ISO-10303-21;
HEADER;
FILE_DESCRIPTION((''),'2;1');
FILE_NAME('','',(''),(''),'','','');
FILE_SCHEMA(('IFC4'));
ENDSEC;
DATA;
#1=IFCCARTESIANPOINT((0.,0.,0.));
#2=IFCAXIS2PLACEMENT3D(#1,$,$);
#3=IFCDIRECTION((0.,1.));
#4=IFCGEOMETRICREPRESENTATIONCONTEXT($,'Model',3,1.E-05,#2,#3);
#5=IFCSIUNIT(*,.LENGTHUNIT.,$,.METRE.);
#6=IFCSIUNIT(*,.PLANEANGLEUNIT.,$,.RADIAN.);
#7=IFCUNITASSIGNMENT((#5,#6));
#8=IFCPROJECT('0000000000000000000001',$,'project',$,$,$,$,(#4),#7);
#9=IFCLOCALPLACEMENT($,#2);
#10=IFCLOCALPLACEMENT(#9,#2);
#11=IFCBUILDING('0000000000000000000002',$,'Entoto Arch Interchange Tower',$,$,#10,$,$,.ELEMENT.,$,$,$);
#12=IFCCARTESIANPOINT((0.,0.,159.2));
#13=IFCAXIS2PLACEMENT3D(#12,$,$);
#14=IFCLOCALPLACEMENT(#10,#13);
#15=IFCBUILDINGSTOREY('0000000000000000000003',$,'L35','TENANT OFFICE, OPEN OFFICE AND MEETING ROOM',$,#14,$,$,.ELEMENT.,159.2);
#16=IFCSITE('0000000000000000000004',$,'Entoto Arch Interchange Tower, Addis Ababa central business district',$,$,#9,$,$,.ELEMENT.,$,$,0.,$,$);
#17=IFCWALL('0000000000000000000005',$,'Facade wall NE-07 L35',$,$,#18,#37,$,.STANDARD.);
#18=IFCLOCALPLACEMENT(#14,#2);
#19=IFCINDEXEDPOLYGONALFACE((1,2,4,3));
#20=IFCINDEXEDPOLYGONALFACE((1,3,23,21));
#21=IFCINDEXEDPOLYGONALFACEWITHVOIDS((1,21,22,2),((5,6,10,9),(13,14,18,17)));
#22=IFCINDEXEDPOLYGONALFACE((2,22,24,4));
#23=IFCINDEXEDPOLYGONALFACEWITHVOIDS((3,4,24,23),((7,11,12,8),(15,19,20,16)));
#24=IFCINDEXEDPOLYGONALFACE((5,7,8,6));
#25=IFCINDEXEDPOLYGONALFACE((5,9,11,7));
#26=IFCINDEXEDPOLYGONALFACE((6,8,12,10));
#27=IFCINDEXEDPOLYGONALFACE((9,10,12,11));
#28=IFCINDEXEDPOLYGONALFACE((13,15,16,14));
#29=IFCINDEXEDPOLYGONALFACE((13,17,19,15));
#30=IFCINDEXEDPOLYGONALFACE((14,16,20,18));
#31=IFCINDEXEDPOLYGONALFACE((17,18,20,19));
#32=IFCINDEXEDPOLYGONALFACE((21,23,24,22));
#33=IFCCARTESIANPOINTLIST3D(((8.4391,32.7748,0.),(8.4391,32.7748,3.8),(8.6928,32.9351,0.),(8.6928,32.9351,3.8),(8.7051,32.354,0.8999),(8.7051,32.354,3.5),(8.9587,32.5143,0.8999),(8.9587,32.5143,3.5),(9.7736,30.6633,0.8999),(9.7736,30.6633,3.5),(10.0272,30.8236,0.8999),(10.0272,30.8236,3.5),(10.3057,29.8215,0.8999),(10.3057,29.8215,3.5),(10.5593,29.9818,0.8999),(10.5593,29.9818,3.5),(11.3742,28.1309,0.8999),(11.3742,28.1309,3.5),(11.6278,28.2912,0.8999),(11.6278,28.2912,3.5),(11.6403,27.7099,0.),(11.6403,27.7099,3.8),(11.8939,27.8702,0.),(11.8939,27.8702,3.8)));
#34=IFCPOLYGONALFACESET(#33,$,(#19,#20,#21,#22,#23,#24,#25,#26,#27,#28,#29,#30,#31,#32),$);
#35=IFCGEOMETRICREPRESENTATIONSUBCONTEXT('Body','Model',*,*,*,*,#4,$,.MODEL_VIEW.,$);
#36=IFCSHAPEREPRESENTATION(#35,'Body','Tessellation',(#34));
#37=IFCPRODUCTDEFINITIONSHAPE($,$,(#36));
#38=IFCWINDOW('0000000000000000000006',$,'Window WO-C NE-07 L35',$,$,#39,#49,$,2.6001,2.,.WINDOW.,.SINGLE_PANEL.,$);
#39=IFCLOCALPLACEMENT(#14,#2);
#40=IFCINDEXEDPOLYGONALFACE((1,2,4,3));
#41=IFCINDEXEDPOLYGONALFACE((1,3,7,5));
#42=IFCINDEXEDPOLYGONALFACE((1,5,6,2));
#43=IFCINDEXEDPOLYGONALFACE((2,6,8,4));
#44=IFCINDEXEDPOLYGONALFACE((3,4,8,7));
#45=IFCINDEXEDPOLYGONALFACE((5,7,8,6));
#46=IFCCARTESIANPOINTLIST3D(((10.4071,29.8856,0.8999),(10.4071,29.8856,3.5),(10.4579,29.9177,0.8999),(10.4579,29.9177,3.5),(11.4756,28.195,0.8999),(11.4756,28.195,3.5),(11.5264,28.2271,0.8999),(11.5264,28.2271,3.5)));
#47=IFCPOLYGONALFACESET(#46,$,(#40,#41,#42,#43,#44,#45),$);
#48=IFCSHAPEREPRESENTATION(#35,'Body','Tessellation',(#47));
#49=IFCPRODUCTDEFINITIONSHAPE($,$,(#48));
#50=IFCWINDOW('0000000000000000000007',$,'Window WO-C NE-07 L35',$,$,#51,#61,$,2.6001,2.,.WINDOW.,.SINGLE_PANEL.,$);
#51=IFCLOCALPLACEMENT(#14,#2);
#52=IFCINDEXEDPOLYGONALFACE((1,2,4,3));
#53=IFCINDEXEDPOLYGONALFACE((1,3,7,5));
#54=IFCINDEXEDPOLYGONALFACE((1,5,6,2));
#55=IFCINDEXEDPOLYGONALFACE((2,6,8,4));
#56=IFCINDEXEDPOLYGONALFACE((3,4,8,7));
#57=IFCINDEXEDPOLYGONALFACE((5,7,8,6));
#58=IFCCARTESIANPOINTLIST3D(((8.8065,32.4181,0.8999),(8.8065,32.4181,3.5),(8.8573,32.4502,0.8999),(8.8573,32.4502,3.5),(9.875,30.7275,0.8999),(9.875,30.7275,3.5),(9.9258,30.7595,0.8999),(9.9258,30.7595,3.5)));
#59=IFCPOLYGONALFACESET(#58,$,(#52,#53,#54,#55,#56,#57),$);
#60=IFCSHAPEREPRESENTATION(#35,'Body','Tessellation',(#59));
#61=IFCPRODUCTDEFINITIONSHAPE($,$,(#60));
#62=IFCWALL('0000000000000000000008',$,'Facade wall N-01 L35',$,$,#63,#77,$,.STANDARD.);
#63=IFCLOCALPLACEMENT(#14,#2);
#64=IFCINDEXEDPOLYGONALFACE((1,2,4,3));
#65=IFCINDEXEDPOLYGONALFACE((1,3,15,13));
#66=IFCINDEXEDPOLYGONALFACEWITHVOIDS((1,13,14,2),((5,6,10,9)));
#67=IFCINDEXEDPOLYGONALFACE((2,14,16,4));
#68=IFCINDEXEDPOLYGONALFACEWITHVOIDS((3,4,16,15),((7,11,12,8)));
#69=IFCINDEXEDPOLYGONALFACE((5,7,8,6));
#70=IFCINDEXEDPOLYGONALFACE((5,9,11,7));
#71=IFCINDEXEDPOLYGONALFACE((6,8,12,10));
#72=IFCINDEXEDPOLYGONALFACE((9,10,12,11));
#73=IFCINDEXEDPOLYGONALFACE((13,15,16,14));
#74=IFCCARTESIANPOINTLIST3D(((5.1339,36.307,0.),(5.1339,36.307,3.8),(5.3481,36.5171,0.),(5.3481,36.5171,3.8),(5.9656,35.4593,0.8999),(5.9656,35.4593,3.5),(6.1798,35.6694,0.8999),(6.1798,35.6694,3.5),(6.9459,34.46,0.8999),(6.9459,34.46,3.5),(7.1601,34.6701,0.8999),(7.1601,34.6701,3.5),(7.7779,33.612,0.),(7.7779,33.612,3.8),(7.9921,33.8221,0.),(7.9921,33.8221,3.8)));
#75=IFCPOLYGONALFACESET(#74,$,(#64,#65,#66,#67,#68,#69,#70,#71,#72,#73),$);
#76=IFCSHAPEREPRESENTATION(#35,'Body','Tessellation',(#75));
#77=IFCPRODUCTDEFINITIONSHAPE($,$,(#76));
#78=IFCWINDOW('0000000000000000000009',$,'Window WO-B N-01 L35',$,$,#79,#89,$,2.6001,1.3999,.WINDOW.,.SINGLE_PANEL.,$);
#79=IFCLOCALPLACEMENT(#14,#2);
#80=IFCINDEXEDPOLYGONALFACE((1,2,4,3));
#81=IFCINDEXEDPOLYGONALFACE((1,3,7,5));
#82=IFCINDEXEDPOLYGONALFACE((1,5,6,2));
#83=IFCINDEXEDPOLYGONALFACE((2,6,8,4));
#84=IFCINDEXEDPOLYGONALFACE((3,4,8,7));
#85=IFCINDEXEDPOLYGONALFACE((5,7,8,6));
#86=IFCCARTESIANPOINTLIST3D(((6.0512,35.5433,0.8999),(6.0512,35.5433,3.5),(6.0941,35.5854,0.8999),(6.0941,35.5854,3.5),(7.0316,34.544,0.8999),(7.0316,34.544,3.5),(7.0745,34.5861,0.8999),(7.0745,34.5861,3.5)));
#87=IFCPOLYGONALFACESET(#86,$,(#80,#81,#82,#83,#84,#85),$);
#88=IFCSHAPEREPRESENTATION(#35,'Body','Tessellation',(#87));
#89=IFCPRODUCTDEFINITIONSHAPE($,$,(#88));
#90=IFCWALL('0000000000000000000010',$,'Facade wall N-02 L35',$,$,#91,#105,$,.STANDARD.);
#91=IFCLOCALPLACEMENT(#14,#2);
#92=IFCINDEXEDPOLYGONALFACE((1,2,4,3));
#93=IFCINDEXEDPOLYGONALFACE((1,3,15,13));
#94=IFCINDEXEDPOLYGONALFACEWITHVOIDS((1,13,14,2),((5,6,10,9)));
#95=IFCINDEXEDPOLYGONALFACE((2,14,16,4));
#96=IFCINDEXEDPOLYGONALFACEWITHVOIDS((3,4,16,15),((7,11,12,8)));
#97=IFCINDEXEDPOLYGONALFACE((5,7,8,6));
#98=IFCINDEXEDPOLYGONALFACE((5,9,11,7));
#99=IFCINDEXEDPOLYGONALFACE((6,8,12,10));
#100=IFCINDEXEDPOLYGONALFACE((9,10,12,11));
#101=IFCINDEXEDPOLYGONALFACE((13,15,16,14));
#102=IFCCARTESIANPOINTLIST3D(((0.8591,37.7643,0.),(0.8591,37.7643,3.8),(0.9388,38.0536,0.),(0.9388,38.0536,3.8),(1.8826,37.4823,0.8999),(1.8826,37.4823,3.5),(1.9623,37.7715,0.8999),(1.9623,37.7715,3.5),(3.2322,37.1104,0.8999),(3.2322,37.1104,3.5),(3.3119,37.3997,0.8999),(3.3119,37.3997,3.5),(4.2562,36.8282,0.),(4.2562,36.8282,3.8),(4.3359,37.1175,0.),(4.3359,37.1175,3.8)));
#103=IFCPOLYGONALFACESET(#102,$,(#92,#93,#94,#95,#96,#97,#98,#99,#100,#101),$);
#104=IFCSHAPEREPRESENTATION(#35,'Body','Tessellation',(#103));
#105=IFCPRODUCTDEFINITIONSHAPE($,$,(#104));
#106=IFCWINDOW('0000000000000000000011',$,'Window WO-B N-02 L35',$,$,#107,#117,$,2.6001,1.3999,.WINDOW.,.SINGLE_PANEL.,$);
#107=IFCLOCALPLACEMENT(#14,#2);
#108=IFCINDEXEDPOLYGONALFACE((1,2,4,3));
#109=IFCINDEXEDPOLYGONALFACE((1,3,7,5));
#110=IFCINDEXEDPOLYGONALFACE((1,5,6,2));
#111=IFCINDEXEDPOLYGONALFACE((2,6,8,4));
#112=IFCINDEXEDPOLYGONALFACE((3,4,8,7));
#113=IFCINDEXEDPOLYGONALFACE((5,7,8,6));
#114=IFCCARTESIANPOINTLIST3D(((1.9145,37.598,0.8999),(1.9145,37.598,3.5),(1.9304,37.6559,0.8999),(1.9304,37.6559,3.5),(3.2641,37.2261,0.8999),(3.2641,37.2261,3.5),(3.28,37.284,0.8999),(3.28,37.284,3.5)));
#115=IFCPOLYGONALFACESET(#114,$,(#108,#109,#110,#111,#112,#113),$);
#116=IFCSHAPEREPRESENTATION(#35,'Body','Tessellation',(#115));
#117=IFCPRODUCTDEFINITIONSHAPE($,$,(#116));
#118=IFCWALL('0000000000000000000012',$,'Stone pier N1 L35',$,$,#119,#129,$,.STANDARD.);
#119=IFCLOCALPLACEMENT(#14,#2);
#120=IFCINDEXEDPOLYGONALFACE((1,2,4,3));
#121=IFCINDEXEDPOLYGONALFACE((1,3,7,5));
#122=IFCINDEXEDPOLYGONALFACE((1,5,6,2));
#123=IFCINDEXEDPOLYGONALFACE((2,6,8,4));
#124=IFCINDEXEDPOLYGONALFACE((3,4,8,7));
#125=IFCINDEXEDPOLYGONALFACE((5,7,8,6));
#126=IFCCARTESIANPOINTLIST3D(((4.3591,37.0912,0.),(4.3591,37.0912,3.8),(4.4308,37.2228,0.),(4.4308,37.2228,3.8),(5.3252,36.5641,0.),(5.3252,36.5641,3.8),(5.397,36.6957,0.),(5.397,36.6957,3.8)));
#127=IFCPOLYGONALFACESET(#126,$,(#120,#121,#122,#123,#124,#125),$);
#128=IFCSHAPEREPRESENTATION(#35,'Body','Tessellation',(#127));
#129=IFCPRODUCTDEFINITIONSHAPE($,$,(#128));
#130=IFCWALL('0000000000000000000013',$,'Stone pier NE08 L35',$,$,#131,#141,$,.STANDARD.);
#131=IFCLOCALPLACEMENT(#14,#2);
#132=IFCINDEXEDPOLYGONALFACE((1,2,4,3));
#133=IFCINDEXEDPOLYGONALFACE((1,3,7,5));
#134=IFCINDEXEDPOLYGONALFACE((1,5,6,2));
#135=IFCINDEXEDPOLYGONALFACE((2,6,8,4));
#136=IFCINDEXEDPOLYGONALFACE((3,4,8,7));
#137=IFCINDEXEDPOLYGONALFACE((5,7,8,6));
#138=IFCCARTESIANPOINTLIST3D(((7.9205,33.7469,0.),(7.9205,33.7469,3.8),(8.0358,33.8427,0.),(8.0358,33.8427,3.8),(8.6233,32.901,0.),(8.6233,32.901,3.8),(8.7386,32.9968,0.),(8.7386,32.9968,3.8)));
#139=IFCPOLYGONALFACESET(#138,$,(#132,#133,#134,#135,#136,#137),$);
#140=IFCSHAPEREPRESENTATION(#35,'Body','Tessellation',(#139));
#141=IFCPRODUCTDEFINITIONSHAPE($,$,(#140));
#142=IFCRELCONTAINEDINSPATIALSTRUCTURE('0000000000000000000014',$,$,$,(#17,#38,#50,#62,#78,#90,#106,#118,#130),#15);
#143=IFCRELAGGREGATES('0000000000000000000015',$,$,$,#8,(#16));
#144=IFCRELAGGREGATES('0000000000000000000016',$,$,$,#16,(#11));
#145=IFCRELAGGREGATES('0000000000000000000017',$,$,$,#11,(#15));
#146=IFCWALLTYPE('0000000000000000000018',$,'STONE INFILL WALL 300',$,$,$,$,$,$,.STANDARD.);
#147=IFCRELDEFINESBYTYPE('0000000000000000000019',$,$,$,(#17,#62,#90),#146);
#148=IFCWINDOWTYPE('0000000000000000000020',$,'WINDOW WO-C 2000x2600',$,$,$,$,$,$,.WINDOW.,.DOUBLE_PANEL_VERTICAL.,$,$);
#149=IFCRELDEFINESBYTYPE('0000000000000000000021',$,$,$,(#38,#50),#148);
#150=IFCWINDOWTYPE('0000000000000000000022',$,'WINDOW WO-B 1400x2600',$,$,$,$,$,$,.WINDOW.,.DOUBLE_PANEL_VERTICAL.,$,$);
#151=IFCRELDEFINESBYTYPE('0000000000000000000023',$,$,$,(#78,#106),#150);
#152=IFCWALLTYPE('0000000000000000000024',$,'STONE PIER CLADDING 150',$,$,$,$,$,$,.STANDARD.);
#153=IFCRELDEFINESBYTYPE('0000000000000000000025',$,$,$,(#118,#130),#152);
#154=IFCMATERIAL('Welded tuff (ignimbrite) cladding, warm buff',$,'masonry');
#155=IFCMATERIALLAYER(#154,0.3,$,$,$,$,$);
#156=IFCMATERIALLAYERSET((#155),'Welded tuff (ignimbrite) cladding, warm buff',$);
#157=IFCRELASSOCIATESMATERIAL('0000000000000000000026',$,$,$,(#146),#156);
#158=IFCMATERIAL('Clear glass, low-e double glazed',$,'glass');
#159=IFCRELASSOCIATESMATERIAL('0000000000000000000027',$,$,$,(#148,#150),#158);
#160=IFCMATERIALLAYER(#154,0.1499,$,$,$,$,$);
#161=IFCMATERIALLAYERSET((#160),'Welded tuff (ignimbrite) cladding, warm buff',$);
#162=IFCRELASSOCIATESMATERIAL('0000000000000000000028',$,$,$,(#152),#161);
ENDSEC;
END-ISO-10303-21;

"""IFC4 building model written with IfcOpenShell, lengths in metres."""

from ifc_helpers import new_model, si_unit, direction, frame, frame_2d, origin, place, context, subcontext, project, spatial, rectangle, extrude, material, layer, layer_set, type_object, element, fill, save


model = new_model("IFC4")

# Units and contexts
model_context = context("Model", 3, precision=1e-05, world=origin(), true_north=direction((0.0, 1.0)))
body_context = subcontext(model_context, "Body", "Model", "MODEL_VIEW")
ifc_project = project(units=[si_unit("LENGTHUNIT", "METRE"), si_unit("PLANEANGLEUNIT", "RADIAN")], contexts=[model_context])

# Site, building, storey
site_placement = place(None, origin())
site = spatial("IfcSite", under=ifc_project, at=site_placement, Name="Entoto Arch Interchange Tower, Addis Ababa central business district", CompositionType="ELEMENT", RefElevation=0.0)
building_placement = place(site_placement, origin())
building = spatial("IfcBuilding", under=site, at=building_placement, Name="Entoto Arch Interchange Tower", CompositionType="ELEMENT")
storey_placement = place(building_placement, frame((0.0, 0.0, 159.2)))
storey = spatial("IfcBuildingStorey", under=building, at=storey_placement, Name="L35", Description="TENANT OFFICE, OPEN OFFICE AND MEETING ROOM", CompositionType="ELEMENT", Elevation=159.2)

# Wall, openings, windows
ifc_material_1 = material(Name="Welded tuff (ignimbrite) cladding, warm buff", Category="masonry")
ifc_layer_1 = layer(ifc_material_1, 0.3)
ifc_layer_set_1 = layer_set([ifc_layer_1], Name="Welded tuff (ignimbrite) cladding, warm buff")
wall_type_1 = type_object("IfcWallType", Name="STONE INFILL WALL 300", PredefinedType="STANDARD", material=ifc_layer_set_1)
wall_1_placement = place(storey_placement, frame((11.7671, 27.79, 0.0), z_axis=(0.0, 0.0, 1.0), x_axis=(-0.534263, 0.845318, 0.0)))
wall_1 = element("IfcWall", 1, at=wall_1_placement, inside=storey, type_object=wall_type_1, Name="Facade wall NE-07 L35", PredefinedType="STANDARD", context=body_context, shape_type="SweptSolid", body=[
    extrude(rectangle(XDim=5.9917, YDim=0.3, at=frame_2d((2.9958, 0.0))), origin(), (0.0, 0.0, 1.0), 3.8),
])
opening_1_placement = place(wall_1_placement, frame((0.498, 0.0, 0.8999)))
opening_1 = element("IfcOpeningElement", 2, at=opening_1_placement, cuts=wall_1, PredefinedType="OPENING", context=body_context, shape_type="SweptSolid", body=[
    extrude(rectangle(XDim=2.0, YDim=2.6001, at=frame_2d((1.0, 1.3))), frame((0.0, 0.1602, 0.0), z_axis=(0.0, -1.0, 0.0), x_axis=(1.0, 0.0, 0.0)), (0.0, 0.0, 1.0), 0.3201),
])
opening_2_placement = place(wall_1_placement, frame((3.4939, 0.0, 0.8999)))
opening_2 = element("IfcOpeningElement", 3, at=opening_2_placement, cuts=wall_1, PredefinedType="OPENING", context=body_context, shape_type="SweptSolid", body=[
    extrude(rectangle(XDim=2.0, YDim=2.6001, at=frame_2d((1.0, 1.3))), frame((0.0, 0.1602, 0.0), z_axis=(0.0, -1.0, 0.0), x_axis=(1.0, 0.0, 0.0)), (0.0, 0.0, 1.0), 0.3201),
])
ifc_material_2 = material(Name="Clear glass, low-e double glazed", Category="glass")
window_type_1 = type_object("IfcWindowType", Name="WINDOW WO-C 2000x2600", PartitioningType="DOUBLE_PANEL_VERTICAL", PredefinedType="WINDOW", material=ifc_material_2)
window_1_placement = place(opening_1_placement, origin())
window_1 = element("IfcWindow", 4, at=window_1_placement, inside=storey, type_object=window_type_1, Name="Window WO-C NE-07 L35", OverallHeight=2.6001, OverallWidth=2.0, PartitioningType="SINGLE_PANEL", PredefinedType="WINDOW", context=body_context, shape_type="SweptSolid", body=[
    extrude(rectangle(XDim=2.0, YDim=2.6001, at=frame_2d((1.0, 1.3))), frame((0.0, 0.03, 0.0), z_axis=(0.0, -1.0, 0.0), x_axis=(1.0, 0.0, 0.0)), (0.0, 0.0, 1.0), 0.0601),
])
fill(opening_1, window_1)
window_2_placement = place(opening_2_placement, origin())
window_2 = element("IfcWindow", 5, at=window_2_placement, inside=storey, type_object=window_type_1, Name="Window WO-C NE-07 L35", OverallHeight=2.6001, OverallWidth=2.0, PartitioningType="SINGLE_PANEL", PredefinedType="WINDOW", context=body_context, shape_type="SweptSolid", body=[
    extrude(rectangle(XDim=2.0, YDim=2.6001, at=frame_2d((1.0, 1.3))), frame((0.0, 0.03, 0.0), z_axis=(0.0, -1.0, 0.0), x_axis=(1.0, 0.0, 0.0)), (0.0, 0.0, 1.0), 0.0601),
])
fill(opening_2, window_2)

# Walls, openings, windows
wall_2_placement = place(storey_placement, frame((7.885, 33.717, 0.0), z_axis=(0.0, 0.0, 1.0), x_axis=(-0.700317, 0.713832, 0.0)))
wall_2 = element("IfcWall", 6, at=wall_2_placement, inside=storey, type_object=wall_type_1, Name="Facade wall N-01 L35", PredefinedType="STANDARD", context=body_context, shape_type="SweptSolid", body=[
    extrude(rectangle(XDim=3.7754, YDim=0.3, at=frame_2d((1.8877, 0.0))), origin(), (0.0, 0.0, 1.0), 3.8),
])
opening_3_placement = place(wall_2_placement, frame((1.188, 0.0, 0.8999)))
opening_3 = element("IfcOpeningElement", 7, at=opening_3_placement, cuts=wall_2, PredefinedType="OPENING", context=body_context, shape_type="SweptSolid", body=[
    extrude(rectangle(XDim=1.3999, YDim=2.6001, at=frame_2d((0.7, 1.3))), frame((0.0, 0.1602, 0.0), z_axis=(0.0, -1.0, 0.0), x_axis=(1.0, 0.0, 0.0)), (0.0, 0.0, 1.0), 0.3201),
])
window_type_2 = type_object("IfcWindowType", Name="WINDOW WO-B 1400x2600", PartitioningType="DOUBLE_PANEL_VERTICAL", PredefinedType="WINDOW", material=ifc_material_2)
window_3_placement = place(opening_3_placement, origin())
window_3 = element("IfcWindow", 8, at=window_3_placement, inside=storey, type_object=window_type_2, Name="Window WO-B N-01 L35", OverallHeight=2.6001, OverallWidth=1.3999, PartitioningType="SINGLE_PANEL", PredefinedType="WINDOW", context=body_context, shape_type="SweptSolid", body=[
    extrude(rectangle(XDim=1.3999, YDim=2.6001, at=frame_2d((0.7, 1.3))), frame((0.0, 0.03, 0.0), z_axis=(0.0, -1.0, 0.0), x_axis=(1.0, 0.0, 0.0)), (0.0, 0.0, 1.0), 0.0601),
])
fill(opening_3, window_3)
wall_3_placement = place(storey_placement, frame((4.2959, 36.9729, 0.0), z_axis=(0.0, 0.0, 1.0), x_axis=(-0.96407, 0.265649, 0.0)))
wall_3 = element("IfcWall", 9, at=wall_3_placement, inside=storey, type_object=wall_type_1, Name="Facade wall N-02 L35", PredefinedType="STANDARD", context=body_context, shape_type="SweptSolid", body=[
    extrude(rectangle(XDim=3.5237, YDim=0.3, at=frame_2d((1.7617, 0.0))), origin(), (0.0, 0.0, 1.0), 3.8),
])
opening_4_placement = place(wall_3_placement, frame((1.062, 0.0, 0.8999)))
opening_4 = element("IfcOpeningElement", 10, at=opening_4_placement, cuts=wall_3, PredefinedType="OPENING", context=body_context, shape_type="SweptSolid", body=[
    extrude(rectangle(XDim=1.3999, YDim=2.6001, at=frame_2d((0.7, 1.3))), frame((0.0, 0.1602, 0.0), z_axis=(0.0, -1.0, 0.0), x_axis=(1.0, 0.0, 0.0)), (0.0, 0.0, 1.0), 0.3201),
])
window_4_placement = place(opening_4_placement, origin())
window_4 = element("IfcWindow", 11, at=window_4_placement, inside=storey, type_object=window_type_2, Name="Window WO-B N-02 L35", OverallHeight=2.6001, OverallWidth=1.3999, PartitioningType="SINGLE_PANEL", PredefinedType="WINDOW", context=body_context, shape_type="SweptSolid", body=[
    extrude(rectangle(XDim=1.3999, YDim=2.6001, at=frame_2d((0.7, 1.3))), frame((0.0, 0.03, 0.0), z_axis=(0.0, -1.0, 0.0), x_axis=(1.0, 0.0, 0.0)), (0.0, 0.0, 1.0), 0.0601),
])
fill(opening_4, window_4)

# Walls
ifc_layer_2 = layer(ifc_material_1, 0.1499)
ifc_layer_set_2 = layer_set([ifc_layer_2], Name="Welded tuff (ignimbrite) cladding, warm buff")
wall_type_2 = type_object("IfcWallType", Name="STONE PIER CLADDING 150", PredefinedType="STANDARD", material=ifc_layer_set_2)
wall_4_placement = place(storey_placement, frame((5.3611, 36.6299, 0.0), z_axis=(0.0, 0.0, 1.0), x_axis=(-0.877836, 0.478961, 0.0)))
element("IfcWall", 12, at=wall_4_placement, inside=storey, type_object=wall_type_2, Name="Stone pier N1 L35", PredefinedType="STANDARD", context=body_context, shape_type="SweptSolid", body=[
    extrude(rectangle(XDim=1.1006, YDim=0.1499, at=frame_2d((0.5503, 0.0))), origin(), (0.0, 0.0, 1.0), 3.8),
])
wall_5_placement = place(storey_placement, frame((8.6809, 32.949, 0.0), z_axis=(0.0, 0.0, 1.0), x_axis=(-0.63907, 0.769148, 0.0)))
element("IfcWall", 13, at=wall_5_placement, inside=storey, type_object=wall_type_2, Name="Stone pier NE08 L35", PredefinedType="STANDARD", context=body_context, shape_type="SweptSolid", body=[
    extrude(rectangle(XDim=1.0999, YDim=0.1499, at=frame_2d((0.5498, 0.0))), origin(), (0.0, 0.0, 1.0), 3.8),
])

save(model, "model.ifc")
